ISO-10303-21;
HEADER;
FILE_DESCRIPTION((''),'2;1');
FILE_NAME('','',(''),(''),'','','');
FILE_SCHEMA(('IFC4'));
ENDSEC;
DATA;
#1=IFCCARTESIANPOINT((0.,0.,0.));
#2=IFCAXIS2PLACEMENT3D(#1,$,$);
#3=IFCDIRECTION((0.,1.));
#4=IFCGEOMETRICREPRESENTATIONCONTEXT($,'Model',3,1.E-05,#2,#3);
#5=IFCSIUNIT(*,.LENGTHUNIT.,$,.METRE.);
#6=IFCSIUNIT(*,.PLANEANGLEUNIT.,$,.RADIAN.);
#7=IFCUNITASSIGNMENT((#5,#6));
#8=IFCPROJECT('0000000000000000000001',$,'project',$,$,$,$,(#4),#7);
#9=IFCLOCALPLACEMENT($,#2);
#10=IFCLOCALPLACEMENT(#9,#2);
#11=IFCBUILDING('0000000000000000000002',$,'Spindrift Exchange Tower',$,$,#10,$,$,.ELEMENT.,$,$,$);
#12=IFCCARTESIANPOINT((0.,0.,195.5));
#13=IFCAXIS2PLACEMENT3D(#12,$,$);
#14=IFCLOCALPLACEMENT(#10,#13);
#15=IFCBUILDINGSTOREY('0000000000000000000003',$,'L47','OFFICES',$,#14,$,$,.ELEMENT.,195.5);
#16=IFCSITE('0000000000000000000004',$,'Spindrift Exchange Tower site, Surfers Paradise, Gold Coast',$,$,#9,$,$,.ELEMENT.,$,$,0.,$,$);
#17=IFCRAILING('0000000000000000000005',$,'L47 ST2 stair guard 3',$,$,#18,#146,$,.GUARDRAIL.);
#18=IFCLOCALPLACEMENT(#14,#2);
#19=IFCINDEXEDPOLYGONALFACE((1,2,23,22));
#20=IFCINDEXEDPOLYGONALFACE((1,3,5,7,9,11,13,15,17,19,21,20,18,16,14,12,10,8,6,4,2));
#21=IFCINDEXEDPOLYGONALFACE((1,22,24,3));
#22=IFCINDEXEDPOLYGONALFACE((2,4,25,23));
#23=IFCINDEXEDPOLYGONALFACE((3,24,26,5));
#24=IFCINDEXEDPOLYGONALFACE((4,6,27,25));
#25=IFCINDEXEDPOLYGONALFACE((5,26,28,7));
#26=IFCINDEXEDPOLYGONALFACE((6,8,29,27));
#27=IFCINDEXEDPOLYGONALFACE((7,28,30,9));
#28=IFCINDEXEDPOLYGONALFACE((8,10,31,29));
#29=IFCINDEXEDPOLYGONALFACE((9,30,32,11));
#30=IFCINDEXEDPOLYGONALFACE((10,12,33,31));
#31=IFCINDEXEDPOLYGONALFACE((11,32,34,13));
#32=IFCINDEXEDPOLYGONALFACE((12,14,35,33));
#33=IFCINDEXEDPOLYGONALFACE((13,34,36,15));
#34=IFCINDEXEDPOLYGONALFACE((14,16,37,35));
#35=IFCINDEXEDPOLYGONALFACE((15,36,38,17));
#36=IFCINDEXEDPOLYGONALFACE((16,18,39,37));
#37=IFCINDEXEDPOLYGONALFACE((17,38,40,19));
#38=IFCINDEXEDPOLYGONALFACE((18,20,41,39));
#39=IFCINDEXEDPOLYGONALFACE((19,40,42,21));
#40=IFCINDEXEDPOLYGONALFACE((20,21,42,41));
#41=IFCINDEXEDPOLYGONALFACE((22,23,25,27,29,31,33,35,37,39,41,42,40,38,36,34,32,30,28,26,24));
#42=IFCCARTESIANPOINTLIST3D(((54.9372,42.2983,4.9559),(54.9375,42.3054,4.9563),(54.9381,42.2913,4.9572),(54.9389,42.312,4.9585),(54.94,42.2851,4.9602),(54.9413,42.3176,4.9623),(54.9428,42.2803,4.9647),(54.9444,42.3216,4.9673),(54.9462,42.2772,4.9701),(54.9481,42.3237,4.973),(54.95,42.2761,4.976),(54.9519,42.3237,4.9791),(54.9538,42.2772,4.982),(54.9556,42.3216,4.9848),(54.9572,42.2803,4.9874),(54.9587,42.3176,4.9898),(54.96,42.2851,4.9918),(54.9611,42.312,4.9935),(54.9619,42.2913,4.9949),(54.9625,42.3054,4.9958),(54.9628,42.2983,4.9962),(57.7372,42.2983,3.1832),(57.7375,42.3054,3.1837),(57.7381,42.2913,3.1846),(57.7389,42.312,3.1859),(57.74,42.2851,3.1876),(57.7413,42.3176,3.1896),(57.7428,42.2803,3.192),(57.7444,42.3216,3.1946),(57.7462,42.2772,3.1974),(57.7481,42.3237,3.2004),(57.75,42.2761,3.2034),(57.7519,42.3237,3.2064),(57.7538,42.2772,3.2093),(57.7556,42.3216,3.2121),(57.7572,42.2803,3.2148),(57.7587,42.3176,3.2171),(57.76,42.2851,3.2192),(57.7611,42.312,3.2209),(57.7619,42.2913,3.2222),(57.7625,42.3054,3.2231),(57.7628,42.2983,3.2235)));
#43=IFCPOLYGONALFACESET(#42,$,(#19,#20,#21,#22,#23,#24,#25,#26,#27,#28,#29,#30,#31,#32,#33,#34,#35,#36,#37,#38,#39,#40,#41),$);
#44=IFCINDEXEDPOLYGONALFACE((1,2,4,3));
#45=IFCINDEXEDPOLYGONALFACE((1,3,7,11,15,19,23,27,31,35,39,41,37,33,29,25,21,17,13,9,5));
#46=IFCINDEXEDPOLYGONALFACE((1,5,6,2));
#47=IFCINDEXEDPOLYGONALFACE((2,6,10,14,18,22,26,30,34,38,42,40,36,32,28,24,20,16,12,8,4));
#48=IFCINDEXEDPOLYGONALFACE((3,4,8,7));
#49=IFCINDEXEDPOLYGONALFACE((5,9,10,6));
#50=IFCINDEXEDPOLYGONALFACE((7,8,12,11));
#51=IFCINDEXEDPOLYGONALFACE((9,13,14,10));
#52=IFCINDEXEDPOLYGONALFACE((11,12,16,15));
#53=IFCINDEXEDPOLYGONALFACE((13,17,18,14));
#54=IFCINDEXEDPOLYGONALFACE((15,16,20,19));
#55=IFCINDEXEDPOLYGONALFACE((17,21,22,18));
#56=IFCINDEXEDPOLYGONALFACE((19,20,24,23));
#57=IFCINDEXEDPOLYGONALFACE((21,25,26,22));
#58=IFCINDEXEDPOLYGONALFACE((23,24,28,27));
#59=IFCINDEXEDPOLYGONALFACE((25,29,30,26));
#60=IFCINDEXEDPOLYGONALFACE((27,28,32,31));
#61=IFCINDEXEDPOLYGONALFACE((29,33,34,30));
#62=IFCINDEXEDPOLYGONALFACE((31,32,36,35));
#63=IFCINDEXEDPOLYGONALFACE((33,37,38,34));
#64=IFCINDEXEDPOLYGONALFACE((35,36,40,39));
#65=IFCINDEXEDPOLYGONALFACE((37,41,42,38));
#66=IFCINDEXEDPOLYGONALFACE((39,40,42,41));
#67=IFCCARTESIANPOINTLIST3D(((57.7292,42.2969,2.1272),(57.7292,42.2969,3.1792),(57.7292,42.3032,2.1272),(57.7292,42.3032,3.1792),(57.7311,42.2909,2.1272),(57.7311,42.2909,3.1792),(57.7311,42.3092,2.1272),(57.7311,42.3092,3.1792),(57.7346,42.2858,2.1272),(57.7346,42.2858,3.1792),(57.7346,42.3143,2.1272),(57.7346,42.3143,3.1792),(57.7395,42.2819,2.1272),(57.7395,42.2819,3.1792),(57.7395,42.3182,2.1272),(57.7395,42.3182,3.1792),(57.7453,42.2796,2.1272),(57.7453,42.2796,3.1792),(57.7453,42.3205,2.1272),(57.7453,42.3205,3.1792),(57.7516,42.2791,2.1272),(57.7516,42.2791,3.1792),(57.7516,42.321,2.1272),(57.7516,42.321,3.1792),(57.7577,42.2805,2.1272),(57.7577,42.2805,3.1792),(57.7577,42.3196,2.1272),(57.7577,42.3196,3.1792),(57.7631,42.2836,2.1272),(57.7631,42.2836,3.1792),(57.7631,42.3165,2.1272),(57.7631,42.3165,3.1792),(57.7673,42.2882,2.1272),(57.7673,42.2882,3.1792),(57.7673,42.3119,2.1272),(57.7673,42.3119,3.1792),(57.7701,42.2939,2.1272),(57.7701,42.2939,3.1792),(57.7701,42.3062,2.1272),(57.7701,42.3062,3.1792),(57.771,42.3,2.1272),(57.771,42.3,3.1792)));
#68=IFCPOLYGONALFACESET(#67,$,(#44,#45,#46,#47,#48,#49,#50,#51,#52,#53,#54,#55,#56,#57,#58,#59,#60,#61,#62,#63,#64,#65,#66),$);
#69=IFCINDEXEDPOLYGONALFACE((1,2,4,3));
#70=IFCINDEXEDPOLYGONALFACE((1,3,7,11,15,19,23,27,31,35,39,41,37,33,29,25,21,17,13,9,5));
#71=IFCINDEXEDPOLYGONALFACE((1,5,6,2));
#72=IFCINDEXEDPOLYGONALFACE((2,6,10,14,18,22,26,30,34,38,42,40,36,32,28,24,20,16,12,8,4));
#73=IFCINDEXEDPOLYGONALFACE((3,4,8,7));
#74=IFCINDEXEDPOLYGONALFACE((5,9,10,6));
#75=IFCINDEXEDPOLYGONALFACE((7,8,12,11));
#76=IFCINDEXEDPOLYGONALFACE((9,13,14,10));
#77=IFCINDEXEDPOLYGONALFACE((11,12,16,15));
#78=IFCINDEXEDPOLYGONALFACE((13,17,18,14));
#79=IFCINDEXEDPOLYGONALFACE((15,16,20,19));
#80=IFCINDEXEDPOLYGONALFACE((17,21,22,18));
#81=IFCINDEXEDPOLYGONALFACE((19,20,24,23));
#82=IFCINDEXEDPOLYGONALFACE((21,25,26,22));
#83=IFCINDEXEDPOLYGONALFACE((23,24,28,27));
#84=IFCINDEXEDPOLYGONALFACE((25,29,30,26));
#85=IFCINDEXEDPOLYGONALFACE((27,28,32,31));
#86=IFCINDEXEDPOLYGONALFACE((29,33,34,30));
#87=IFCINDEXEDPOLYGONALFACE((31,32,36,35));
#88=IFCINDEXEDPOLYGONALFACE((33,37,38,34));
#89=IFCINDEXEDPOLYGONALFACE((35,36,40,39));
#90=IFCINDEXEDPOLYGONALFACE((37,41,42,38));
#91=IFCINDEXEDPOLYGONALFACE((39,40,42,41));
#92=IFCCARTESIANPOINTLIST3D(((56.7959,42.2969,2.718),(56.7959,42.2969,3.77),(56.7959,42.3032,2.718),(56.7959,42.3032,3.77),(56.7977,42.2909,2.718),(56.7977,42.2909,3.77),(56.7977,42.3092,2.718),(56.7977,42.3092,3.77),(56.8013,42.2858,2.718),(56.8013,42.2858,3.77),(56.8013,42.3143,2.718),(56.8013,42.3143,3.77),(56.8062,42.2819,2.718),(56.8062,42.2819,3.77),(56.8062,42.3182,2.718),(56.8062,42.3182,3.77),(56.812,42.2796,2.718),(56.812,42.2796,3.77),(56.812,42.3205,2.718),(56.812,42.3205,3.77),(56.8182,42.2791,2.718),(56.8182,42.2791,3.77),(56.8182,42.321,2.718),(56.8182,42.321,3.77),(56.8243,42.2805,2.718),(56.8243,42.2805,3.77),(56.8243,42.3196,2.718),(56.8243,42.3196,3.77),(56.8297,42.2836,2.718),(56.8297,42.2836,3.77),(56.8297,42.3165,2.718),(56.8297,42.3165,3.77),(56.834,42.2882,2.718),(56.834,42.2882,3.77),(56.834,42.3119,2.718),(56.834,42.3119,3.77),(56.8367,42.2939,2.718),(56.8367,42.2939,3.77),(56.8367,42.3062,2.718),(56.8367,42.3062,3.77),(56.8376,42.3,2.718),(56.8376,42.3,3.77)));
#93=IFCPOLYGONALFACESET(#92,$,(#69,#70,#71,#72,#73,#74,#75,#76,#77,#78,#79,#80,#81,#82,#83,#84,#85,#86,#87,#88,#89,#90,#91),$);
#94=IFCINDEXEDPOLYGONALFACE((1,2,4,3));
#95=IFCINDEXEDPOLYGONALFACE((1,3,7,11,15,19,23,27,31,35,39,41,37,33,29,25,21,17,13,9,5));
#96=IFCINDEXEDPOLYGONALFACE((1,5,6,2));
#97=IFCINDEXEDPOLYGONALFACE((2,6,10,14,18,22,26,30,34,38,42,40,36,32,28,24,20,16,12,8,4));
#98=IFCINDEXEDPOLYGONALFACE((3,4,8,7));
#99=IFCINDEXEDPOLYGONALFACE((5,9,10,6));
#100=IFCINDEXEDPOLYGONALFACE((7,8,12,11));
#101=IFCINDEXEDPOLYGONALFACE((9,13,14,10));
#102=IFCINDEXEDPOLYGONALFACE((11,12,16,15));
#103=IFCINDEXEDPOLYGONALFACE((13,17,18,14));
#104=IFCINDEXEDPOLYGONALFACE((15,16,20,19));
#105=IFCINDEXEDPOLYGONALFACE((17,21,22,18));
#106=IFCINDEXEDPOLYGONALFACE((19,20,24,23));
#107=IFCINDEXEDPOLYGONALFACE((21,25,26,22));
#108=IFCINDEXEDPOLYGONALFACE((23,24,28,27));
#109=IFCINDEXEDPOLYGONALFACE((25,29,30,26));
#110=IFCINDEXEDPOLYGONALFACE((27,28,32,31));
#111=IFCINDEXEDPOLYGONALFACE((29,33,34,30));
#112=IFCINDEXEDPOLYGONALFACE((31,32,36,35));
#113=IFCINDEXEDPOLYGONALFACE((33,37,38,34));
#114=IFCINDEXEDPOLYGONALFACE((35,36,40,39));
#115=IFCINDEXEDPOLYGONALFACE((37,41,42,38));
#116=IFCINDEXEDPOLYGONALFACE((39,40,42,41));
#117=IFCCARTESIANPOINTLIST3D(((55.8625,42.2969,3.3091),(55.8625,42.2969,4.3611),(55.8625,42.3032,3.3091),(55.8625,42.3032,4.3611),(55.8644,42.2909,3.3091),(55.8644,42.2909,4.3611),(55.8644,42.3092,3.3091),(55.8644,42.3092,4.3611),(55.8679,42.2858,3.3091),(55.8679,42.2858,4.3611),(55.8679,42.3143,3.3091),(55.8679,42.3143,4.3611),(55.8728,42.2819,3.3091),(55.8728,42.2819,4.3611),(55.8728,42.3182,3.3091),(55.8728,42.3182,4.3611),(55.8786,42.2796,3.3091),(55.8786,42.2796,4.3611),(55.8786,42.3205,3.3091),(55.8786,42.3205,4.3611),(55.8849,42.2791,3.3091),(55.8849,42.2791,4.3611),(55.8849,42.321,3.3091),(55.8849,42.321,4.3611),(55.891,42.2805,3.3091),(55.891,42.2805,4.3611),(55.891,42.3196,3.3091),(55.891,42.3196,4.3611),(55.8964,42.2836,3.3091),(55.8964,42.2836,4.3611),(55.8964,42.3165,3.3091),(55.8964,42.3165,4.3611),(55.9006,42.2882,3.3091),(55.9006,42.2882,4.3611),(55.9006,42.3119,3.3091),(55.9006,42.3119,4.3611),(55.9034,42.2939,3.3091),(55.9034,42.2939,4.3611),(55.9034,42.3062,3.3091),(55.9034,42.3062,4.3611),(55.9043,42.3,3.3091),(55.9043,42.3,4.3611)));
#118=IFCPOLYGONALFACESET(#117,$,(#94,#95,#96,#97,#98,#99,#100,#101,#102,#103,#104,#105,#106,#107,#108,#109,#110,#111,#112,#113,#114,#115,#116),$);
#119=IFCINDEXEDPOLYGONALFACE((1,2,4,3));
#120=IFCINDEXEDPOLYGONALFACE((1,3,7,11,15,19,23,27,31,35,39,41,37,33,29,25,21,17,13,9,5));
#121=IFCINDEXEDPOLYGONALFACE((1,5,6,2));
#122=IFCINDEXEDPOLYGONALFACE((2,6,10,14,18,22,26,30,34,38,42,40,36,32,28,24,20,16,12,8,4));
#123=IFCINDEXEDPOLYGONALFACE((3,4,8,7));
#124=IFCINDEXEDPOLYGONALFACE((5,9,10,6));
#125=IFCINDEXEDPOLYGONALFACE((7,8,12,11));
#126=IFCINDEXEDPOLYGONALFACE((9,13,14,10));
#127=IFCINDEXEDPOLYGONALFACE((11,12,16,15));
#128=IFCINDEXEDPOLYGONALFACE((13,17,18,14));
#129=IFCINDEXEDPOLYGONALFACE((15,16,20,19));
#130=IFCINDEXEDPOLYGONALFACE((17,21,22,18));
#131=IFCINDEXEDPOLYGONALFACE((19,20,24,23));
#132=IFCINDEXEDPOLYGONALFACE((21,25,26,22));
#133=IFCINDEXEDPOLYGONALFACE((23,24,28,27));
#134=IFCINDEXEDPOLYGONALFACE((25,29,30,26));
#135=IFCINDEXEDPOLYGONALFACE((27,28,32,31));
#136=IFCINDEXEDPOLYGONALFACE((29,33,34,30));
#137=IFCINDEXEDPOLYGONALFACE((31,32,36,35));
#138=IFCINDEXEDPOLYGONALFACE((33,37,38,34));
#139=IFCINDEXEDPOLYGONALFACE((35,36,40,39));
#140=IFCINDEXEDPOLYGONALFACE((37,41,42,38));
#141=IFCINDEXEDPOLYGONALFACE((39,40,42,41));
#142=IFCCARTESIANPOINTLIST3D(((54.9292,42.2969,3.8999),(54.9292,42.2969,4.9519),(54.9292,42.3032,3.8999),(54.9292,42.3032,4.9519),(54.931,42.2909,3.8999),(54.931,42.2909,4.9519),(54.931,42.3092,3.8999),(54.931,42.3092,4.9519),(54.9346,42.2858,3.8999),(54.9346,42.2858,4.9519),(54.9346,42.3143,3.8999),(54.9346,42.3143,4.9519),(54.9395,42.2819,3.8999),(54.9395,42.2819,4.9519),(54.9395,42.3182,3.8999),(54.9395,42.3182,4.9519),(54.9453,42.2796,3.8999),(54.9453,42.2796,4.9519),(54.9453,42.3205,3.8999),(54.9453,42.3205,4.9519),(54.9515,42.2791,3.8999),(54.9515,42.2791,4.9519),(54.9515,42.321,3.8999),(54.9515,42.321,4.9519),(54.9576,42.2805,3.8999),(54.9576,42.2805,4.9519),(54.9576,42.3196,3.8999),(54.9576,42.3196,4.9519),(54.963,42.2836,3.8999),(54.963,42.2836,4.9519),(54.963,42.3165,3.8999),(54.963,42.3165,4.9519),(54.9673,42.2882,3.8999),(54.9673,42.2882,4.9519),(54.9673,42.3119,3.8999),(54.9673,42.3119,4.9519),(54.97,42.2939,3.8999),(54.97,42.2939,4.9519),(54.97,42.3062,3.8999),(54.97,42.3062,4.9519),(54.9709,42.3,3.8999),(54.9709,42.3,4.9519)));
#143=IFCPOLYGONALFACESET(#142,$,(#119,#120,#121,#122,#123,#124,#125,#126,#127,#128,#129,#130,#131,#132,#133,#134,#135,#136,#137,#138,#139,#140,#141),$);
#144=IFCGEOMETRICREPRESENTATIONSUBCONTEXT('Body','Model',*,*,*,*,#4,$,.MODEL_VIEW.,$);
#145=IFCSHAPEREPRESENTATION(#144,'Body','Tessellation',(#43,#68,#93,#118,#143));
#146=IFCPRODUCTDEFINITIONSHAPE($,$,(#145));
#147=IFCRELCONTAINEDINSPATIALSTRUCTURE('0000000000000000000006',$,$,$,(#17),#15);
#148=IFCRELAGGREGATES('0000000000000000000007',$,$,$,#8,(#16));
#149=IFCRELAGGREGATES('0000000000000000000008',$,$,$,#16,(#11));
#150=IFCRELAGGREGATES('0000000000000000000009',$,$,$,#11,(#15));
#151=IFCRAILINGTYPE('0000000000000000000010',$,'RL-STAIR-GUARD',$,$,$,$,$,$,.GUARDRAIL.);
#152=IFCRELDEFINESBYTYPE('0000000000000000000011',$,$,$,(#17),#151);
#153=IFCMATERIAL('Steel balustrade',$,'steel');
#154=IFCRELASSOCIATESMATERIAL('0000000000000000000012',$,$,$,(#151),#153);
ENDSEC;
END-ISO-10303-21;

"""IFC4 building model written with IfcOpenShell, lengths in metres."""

from ifc_helpers import new_model, si_unit, direction, frame, origin, origin_2d, place, context, subcontext, project, spatial, circle, extrude, material, type_object, element, save


model = new_model("IFC4")

# Units and contexts
model_context = context("Model", 3, precision=1e-05, world=origin(), true_north=direction((0.0, 1.0)))
body_context = subcontext(model_context, "Body", "Model", "MODEL_VIEW")
ifc_project = project(units=[si_unit("LENGTHUNIT", "METRE"), si_unit("PLANEANGLEUNIT", "RADIAN")], contexts=[model_context])

# Site, building, storey
site_placement = place(None, origin())
site = spatial("IfcSite", under=ifc_project, at=site_placement, Name="Spindrift Exchange Tower site, Surfers Paradise, Gold Coast", CompositionType="ELEMENT", RefElevation=0.0)
building_placement = place(site_placement, origin())
building = spatial("IfcBuilding", under=site, at=building_placement, Name="Spindrift Exchange Tower", CompositionType="ELEMENT")
storey_placement = place(building_placement, frame((0.0, 0.0, 195.5)))
storey = spatial("IfcBuildingStorey", under=building, at=storey_placement, Name="L47", Description="OFFICES", CompositionType="ELEMENT", Elevation=195.5)

# Railing
ifc_material_1 = material(Name="Steel balustrade", Category="steel")
railing_type_1 = type_object("IfcRailingType", Name="RL-STAIR-GUARD", PredefinedType="GUARDRAIL", material=ifc_material_1)
railing_1_placement = place(storey_placement, frame((57.75, 42.3, 2.1272)))
element("IfcRailing", 1, at=railing_1_placement, inside=storey, type_object=railing_type_1, Name="L47 ST2 stair guard 3", PredefinedType="GUARDRAIL", context=body_context, shape_type="SweptSolid", body=[
    extrude(circle(Radius=0.0239, at=origin_2d()), frame((0.0, 0.0, 1.0762), z_axis=(-0.844909, 0.0, 0.53491), x_axis=(0.0, -1.0, 0.0)), (0.0, 0.0, 1.0), 3.314),
    extrude(circle(Radius=0.021, at=origin_2d()), origin(), (0.0, 0.0, 1.0), 1.052),
    extrude(circle(Radius=0.021, at=origin_2d()), frame((-0.9333, 0.0, 0.5908)), (0.0, 0.0, 1.0), 1.052),
    extrude(circle(Radius=0.021, at=origin_2d()), frame((-1.8667, 0.0, 1.1819)), (0.0, 0.0, 1.0), 1.052),
    extrude(circle(Radius=0.021, at=origin_2d()), frame((-2.8, 0.0, 1.7727)), (0.0, 0.0, 1.0), 1.052),
])

save(model, "model.ifc")
